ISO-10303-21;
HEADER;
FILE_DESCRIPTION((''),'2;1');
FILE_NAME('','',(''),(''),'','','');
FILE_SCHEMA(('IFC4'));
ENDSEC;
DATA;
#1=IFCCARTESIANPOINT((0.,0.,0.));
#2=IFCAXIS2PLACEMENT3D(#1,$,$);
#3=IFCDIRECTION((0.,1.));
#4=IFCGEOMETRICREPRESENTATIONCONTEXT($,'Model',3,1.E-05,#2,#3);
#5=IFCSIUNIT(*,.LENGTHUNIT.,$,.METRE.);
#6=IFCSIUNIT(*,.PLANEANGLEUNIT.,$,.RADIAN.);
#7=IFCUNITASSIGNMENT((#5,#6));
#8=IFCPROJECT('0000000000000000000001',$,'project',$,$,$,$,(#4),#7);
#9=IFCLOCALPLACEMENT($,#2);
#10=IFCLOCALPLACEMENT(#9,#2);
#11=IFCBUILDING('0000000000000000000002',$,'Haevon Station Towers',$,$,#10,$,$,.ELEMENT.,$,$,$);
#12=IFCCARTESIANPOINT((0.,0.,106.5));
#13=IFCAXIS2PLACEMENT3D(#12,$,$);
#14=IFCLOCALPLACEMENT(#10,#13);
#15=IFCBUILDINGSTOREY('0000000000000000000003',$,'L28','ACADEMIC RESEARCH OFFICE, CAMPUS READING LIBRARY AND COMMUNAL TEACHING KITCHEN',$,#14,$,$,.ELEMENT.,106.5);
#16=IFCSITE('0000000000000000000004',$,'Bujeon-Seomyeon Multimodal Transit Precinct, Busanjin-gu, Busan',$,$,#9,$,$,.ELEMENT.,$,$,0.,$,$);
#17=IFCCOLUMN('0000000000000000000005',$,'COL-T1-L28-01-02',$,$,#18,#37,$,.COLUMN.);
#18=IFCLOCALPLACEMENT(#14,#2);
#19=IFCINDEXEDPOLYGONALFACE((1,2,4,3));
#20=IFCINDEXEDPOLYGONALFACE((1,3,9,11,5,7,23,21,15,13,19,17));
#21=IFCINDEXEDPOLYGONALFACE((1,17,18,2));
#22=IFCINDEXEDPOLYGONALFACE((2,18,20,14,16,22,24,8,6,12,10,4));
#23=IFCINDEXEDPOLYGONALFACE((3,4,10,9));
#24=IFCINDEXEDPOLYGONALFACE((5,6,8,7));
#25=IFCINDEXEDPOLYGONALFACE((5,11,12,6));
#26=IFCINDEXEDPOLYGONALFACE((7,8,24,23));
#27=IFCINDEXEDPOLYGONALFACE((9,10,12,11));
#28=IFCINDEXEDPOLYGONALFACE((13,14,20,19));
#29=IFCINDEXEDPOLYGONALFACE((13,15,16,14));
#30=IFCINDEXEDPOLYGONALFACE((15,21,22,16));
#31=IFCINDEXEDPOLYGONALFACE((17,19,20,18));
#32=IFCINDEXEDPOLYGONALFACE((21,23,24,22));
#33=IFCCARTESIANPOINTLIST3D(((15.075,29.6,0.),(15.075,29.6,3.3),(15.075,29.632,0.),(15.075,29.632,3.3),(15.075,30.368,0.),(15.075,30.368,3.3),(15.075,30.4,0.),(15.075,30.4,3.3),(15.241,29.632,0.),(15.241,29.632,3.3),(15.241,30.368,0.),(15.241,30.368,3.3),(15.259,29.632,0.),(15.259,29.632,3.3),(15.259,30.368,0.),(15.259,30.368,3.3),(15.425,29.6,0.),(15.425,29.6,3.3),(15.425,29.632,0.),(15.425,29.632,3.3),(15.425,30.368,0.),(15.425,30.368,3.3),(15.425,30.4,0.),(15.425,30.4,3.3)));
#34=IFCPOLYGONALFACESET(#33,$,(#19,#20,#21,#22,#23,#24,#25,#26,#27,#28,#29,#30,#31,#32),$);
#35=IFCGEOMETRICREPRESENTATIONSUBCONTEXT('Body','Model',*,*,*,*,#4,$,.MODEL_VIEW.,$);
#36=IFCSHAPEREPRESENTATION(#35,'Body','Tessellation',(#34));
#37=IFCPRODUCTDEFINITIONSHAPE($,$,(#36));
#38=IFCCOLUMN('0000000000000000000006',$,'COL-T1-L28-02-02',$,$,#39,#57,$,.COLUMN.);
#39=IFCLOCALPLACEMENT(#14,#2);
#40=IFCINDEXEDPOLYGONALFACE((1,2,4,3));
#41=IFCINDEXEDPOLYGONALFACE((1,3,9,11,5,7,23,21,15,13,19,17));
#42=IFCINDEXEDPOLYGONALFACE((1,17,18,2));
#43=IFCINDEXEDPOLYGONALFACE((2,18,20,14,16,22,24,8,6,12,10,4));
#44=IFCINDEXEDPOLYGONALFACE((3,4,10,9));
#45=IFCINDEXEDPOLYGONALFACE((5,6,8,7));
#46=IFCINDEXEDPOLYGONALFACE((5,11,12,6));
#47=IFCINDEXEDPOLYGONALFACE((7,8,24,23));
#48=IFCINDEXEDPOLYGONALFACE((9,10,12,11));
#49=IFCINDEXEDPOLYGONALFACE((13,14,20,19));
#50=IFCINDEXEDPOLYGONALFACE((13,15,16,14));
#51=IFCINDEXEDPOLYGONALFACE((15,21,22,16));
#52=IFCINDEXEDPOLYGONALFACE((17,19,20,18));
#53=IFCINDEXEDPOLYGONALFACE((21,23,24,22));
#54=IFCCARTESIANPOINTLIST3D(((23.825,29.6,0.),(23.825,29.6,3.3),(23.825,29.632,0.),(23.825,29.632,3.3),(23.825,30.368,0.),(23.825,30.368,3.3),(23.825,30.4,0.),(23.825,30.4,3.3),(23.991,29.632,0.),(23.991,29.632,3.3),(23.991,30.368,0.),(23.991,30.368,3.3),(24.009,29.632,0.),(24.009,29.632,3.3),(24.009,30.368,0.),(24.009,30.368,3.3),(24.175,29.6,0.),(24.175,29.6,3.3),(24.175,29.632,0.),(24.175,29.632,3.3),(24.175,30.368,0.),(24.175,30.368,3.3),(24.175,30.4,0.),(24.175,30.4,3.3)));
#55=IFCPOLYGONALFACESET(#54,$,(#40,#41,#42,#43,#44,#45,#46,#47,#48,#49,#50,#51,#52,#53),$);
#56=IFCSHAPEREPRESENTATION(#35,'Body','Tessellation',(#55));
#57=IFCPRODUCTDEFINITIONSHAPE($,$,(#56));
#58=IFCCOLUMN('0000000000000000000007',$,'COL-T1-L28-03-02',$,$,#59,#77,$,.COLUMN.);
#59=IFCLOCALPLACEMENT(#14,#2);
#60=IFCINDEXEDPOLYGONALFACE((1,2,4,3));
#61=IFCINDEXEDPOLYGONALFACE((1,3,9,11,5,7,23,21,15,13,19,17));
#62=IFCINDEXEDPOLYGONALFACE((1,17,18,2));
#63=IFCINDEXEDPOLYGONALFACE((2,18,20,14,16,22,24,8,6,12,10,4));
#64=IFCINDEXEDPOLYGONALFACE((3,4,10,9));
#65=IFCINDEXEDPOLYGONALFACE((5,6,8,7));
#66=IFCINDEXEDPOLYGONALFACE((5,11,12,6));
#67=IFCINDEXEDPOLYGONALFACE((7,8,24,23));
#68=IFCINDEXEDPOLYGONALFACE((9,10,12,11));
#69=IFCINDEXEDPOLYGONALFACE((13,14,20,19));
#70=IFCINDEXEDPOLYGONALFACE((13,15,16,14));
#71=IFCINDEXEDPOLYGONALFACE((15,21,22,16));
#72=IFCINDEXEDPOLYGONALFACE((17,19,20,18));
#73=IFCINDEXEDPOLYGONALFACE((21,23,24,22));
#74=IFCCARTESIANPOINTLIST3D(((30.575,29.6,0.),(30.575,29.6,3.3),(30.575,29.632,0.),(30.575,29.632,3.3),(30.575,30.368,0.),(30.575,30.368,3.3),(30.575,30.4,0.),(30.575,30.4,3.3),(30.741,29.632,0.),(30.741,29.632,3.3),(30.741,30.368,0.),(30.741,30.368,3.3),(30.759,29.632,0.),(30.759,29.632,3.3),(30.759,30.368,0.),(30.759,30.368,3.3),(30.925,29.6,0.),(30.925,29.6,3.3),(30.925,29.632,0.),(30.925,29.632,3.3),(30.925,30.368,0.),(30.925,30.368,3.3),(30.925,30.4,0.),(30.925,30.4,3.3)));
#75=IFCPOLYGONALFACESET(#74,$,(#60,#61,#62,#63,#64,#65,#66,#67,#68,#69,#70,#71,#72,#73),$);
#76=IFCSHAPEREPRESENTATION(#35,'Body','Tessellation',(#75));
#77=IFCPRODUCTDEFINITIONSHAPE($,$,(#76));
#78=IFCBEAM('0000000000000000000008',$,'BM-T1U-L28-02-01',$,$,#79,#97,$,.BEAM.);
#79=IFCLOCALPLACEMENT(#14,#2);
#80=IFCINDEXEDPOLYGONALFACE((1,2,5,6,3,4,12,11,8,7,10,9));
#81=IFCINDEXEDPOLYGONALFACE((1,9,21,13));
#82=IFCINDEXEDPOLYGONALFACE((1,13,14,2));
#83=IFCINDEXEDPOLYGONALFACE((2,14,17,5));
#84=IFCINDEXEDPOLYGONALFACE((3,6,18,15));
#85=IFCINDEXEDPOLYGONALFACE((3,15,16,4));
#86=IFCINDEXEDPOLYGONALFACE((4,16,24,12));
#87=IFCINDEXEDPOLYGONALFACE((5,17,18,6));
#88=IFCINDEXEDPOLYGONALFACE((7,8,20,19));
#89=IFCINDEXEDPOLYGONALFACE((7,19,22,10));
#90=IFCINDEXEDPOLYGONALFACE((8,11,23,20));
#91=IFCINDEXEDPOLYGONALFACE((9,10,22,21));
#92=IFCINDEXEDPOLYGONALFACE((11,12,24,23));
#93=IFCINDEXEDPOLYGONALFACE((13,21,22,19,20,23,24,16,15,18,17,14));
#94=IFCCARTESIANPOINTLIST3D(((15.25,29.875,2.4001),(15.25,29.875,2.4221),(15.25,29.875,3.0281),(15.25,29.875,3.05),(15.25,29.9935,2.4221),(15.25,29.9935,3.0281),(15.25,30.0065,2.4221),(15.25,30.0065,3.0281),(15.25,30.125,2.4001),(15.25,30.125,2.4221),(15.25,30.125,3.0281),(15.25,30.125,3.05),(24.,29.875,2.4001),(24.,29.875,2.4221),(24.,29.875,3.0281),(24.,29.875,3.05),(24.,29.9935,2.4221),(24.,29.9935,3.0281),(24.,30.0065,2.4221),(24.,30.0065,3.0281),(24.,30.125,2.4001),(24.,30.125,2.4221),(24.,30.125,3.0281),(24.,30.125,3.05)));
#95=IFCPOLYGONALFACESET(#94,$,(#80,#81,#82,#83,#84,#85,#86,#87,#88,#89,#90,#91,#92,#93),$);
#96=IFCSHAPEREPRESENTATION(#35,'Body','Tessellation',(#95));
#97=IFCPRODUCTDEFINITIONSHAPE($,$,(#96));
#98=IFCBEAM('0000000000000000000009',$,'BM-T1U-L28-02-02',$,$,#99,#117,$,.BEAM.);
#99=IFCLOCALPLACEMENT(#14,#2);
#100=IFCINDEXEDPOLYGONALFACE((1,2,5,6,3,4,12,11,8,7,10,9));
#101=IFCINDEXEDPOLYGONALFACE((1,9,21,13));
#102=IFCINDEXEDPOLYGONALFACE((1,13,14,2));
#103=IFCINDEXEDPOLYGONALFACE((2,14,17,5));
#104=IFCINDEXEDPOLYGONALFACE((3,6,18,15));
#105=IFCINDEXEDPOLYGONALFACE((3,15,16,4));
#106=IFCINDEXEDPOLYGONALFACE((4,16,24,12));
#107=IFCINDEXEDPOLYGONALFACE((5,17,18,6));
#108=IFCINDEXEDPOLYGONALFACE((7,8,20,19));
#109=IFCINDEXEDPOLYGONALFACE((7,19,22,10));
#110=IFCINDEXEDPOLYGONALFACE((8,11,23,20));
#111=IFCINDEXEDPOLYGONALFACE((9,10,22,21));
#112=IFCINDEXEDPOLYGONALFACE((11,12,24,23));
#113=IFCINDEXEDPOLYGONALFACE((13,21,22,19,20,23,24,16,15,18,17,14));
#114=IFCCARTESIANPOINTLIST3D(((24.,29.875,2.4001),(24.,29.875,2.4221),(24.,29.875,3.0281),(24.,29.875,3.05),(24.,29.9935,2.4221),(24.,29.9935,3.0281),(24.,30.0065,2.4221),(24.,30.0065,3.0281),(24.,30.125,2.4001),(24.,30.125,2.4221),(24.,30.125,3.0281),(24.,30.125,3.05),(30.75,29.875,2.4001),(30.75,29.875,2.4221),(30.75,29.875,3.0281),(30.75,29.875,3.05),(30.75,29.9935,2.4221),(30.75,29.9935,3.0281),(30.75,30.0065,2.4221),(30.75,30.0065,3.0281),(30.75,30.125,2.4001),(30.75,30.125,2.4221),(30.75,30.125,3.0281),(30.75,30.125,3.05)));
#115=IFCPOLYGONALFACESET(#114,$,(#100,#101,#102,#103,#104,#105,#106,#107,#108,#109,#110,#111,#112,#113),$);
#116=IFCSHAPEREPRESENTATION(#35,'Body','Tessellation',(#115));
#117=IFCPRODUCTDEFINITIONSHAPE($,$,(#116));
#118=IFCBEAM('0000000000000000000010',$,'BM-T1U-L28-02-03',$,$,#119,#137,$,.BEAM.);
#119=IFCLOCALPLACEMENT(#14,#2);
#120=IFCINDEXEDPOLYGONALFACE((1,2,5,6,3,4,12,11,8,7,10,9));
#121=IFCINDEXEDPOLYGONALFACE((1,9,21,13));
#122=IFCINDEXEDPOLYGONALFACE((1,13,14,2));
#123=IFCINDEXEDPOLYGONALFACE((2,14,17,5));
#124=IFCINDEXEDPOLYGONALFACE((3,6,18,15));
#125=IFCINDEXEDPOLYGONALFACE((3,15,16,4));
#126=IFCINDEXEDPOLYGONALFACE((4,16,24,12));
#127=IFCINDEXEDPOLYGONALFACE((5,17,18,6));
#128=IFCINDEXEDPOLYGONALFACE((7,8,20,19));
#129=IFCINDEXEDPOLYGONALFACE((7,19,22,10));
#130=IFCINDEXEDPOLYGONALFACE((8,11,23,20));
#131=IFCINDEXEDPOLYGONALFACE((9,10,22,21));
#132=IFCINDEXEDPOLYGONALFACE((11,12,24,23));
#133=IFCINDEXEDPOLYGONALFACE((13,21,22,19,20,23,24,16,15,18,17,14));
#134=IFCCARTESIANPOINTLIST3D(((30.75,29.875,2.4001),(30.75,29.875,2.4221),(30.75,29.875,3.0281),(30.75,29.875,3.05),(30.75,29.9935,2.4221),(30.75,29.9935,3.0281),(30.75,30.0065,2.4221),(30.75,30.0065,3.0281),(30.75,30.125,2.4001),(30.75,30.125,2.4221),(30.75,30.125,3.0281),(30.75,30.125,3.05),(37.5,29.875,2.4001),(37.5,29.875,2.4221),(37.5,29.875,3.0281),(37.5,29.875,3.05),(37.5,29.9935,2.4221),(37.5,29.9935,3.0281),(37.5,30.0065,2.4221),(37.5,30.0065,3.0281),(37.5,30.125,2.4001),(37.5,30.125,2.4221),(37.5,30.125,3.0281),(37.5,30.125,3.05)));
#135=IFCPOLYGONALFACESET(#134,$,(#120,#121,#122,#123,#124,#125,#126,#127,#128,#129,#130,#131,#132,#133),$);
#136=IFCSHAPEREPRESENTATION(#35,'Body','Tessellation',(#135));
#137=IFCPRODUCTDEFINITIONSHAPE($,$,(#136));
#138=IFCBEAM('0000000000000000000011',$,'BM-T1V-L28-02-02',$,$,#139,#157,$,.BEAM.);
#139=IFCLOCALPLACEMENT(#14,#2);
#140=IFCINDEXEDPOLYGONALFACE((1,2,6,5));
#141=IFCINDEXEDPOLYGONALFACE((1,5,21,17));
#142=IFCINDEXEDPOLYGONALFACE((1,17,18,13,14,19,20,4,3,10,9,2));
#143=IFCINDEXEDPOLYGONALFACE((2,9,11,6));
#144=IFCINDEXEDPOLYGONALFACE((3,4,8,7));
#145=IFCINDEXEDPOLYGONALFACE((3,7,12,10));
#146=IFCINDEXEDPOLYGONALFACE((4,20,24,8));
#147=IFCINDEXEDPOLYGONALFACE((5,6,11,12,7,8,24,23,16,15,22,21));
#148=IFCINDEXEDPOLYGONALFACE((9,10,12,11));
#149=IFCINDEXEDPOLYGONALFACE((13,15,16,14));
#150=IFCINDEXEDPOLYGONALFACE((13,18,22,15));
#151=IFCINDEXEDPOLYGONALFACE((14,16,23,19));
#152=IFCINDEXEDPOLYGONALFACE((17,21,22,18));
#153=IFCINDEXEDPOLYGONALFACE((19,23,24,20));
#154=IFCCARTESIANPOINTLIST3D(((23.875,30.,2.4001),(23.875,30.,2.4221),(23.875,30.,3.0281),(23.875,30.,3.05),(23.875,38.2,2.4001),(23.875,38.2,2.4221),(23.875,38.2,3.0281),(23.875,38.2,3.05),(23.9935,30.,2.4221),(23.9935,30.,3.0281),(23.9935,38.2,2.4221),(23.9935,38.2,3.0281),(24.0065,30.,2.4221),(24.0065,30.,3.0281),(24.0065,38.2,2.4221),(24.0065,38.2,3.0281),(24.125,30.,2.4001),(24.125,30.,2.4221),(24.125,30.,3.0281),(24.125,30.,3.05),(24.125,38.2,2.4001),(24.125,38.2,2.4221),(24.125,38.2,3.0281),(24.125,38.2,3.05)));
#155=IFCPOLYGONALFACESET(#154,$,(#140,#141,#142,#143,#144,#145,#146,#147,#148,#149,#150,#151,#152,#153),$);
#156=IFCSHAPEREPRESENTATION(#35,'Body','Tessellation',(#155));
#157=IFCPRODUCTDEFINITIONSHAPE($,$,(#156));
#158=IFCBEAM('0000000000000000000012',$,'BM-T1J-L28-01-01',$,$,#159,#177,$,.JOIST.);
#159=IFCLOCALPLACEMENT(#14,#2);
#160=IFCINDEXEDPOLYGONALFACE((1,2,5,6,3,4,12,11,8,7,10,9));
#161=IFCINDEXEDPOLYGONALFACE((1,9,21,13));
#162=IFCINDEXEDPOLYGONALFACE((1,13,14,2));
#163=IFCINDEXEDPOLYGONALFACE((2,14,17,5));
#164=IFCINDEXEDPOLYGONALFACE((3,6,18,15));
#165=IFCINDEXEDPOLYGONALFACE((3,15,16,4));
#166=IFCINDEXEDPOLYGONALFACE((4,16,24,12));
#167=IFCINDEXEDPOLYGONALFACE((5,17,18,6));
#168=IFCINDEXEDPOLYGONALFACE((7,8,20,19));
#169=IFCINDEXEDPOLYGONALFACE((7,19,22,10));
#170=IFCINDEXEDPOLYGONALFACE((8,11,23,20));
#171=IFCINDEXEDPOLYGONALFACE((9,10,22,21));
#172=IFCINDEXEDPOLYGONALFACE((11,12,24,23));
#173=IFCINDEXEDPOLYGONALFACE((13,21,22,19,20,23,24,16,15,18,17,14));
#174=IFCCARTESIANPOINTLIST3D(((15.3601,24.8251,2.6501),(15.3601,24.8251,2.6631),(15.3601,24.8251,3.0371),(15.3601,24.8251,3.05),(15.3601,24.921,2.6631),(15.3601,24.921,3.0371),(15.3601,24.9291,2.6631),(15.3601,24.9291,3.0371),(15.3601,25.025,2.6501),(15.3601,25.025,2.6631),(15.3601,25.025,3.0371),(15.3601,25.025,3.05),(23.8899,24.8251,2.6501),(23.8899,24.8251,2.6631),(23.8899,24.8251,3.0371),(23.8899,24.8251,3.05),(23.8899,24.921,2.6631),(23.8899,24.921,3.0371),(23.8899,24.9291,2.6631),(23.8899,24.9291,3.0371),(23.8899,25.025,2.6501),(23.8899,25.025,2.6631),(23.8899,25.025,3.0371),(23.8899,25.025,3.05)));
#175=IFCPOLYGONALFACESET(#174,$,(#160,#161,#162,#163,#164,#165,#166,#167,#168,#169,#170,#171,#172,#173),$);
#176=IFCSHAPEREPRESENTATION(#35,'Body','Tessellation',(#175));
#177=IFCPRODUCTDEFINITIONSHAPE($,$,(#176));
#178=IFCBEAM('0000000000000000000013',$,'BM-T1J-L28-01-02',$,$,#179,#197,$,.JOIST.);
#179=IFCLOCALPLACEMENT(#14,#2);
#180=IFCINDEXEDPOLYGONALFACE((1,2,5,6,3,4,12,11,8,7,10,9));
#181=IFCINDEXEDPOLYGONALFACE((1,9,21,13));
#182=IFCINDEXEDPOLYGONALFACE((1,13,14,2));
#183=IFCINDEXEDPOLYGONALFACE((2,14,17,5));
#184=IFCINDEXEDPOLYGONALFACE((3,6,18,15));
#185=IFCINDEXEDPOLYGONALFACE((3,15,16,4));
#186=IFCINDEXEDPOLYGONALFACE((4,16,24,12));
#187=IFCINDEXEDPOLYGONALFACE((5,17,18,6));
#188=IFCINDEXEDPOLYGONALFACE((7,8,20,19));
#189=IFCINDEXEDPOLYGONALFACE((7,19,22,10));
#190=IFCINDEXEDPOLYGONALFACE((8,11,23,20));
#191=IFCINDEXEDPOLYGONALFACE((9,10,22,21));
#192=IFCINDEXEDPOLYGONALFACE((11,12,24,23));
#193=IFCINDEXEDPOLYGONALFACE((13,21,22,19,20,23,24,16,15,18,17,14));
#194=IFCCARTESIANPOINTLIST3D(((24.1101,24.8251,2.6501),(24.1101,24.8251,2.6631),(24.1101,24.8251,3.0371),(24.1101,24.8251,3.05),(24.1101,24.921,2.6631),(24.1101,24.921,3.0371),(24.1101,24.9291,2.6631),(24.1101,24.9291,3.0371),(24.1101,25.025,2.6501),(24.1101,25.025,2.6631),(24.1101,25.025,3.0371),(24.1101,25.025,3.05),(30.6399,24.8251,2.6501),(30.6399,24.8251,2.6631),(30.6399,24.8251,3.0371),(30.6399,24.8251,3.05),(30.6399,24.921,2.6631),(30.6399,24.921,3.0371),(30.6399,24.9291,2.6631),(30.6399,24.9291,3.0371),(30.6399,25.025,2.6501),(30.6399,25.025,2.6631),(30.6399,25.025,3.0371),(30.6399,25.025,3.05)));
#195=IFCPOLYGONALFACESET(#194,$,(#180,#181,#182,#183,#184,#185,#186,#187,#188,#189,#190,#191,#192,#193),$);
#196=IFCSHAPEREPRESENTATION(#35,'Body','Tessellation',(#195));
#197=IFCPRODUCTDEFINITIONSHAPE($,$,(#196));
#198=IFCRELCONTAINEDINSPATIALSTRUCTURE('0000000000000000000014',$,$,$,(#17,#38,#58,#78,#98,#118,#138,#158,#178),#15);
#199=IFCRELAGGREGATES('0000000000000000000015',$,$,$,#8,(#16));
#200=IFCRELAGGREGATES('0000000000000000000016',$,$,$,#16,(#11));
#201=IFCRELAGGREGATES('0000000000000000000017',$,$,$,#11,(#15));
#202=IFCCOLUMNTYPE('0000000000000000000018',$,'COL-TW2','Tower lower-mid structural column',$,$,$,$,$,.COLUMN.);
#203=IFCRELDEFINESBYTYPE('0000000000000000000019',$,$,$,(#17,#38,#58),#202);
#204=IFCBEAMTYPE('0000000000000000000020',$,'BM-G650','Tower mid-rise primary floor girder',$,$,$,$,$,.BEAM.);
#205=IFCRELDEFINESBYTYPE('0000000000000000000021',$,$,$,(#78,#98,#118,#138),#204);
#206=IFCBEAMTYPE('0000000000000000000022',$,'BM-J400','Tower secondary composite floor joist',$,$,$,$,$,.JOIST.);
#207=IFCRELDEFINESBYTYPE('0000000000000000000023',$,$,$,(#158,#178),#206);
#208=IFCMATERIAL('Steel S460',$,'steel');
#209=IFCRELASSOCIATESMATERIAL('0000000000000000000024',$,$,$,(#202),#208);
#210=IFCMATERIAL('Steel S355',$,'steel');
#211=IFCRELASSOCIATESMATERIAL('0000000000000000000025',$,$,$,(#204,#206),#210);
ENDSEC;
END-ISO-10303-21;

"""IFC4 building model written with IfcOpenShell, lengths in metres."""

from ifc_helpers import new_model, si_unit, direction, frame, origin, origin_2d, place, context, subcontext, project, spatial, i_section, extrude, material, material_profile, profile_set, type_object, element, save


model = new_model("IFC4")

# Units and contexts
model_context = context("Model", 3, precision=1e-05, world=origin(), true_north=direction((0.0, 1.0)))
body_context = subcontext(model_context, "Body", "Model", "MODEL_VIEW")
ifc_project = project(units=[si_unit("LENGTHUNIT", "METRE"), si_unit("PLANEANGLEUNIT", "RADIAN")], contexts=[model_context])

# Site, building, storey
site_placement = place(None, origin())
site = spatial("IfcSite", under=ifc_project, at=site_placement, Name="Bujeon-Seomyeon Multimodal Transit Precinct, Busanjin-gu, Busan", CompositionType="ELEMENT", RefElevation=0.0)
building_placement = place(site_placement, origin())
building = spatial("IfcBuilding", under=site, at=building_placement, Name="Haevon Station Towers", CompositionType="ELEMENT")
storey_placement = place(building_placement, frame((0.0, 0.0, 106.5)))
storey = spatial("IfcBuildingStorey", under=building, at=storey_placement, Name="L28", Description="ACADEMIC RESEARCH OFFICE, CAMPUS READING LIBRARY AND COMMUNAL TEACHING KITCHEN", CompositionType="ELEMENT", Elevation=106.5)

# Columns
ifc_material_1 = material(Name="Steel S460", Category="steel")
ifc_material_profile_1 = material_profile(ifc_material_1, i_section(OverallWidth=0.3501, OverallDepth=0.8, WebThickness=0.0181, FlangeThickness=0.032, at=origin_2d()), Name="H-800x350x18x32")
ifc_profile_set_1 = profile_set([ifc_material_profile_1], Name="Steel S460")
column_type = type_object("IfcColumnType", Name="COL-TW2", Description="Tower lower-mid structural column", PredefinedType="COLUMN", material=ifc_profile_set_1)
for number, where, z_axis, x_axis, name in (
    (1, (15.25, 30.0, 0.0), (0.0, 0.0, 1.0), (1.0, 0.0, 0.0), "COL-T1-L28-01-02"),
    (2, (24.0, 30.0, 0.0), (0.0, 0.0, 1.0), (1.0, 0.0, 0.0), "COL-T1-L28-02-02"),
    (3, (30.75, 30.0, 0.0), (0.0, 0.0, 1.0), (1.0, 0.0, 0.0), "COL-T1-L28-03-02"),
):
    element("IfcColumn", number, at=place(storey_placement, frame(where, z_axis=z_axis, x_axis=x_axis)), inside=storey, type_object=column_type, Name=name, PredefinedType="COLUMN", context=body_context, shape_type="SweptSolid", body=[
        extrude(i_section(OverallWidth=0.3501, OverallDepth=0.8, WebThickness=0.0181, FlangeThickness=0.032, at=origin_2d()), origin(), (0.0, 0.0, 1.0), 3.3),
    ])

# Beams
ifc_material_2 = material(Name="Steel S355", Category="steel")
ifc_material_profile_2 = material_profile(ifc_material_2, i_section(OverallWidth=0.25, OverallDepth=0.6499, WebThickness=0.0129, FlangeThickness=0.022, at=origin_2d()), Name="H-650x250x13x22")
ifc_profile_set_2 = profile_set([ifc_material_profile_2], Name="Steel S355")
beam_type_1 = type_object("IfcBeamType", Name="BM-G650", Description="Tower mid-rise primary floor girder", PredefinedType="BEAM", material=ifc_profile_set_2)
beam_1_placement = place(storey_placement, frame((15.25, 30.0, 2.7251), z_axis=(1.0, 0.0, 0.0), x_axis=(0.0, 1.0, 0.0)))
element("IfcBeam", 4, at=beam_1_placement, inside=storey, type_object=beam_type_1, Name="BM-T1U-L28-02-01", PredefinedType="BEAM", context=body_context, shape_type="SweptSolid", body=[
    extrude(i_section(OverallWidth=0.25, OverallDepth=0.6499, WebThickness=0.0129, FlangeThickness=0.022, at=origin_2d()), origin(), (0.0, 0.0, 1.0), 8.75),
])
for number, where, z_axis, x_axis, name in (
    (5, (24.0, 30.0, 2.7251), (1.0, 0.0, 0.0), (0.0, 1.0, 0.0), "BM-T1U-L28-02-02"),
    (6, (30.75, 30.0, 2.7251), (1.0, 0.0, 0.0), (0.0, 1.0, 0.0), "BM-T1U-L28-02-03"),
):
    element("IfcBeam", number, at=place(storey_placement, frame(where, z_axis=z_axis, x_axis=x_axis)), inside=storey, type_object=beam_type_1, Name=name, PredefinedType="BEAM", context=body_context, shape_type="SweptSolid", body=[
        extrude(i_section(OverallWidth=0.25, OverallDepth=0.6499, WebThickness=0.0129, FlangeThickness=0.022, at=origin_2d()), origin(), (0.0, 0.0, 1.0), 6.75),
    ])
beam_2_placement = place(storey_placement, frame((24.0, 30.0, 2.7251), z_axis=(0.0, 1.0, 0.0), x_axis=(-1.0, 0.0, 0.0)))
element("IfcBeam", 7, at=beam_2_placement, inside=storey, type_object=beam_type_1, Name="BM-T1V-L28-02-02", PredefinedType="BEAM", context=body_context, shape_type="SweptSolid", body=[
    extrude(i_section(OverallWidth=0.25, OverallDepth=0.6499, WebThickness=0.0129, FlangeThickness=0.022, at=origin_2d()), origin(), (0.0, 0.0, 1.0), 8.2),
])
ifc_material_profile_3 = material_profile(ifc_material_2, i_section(OverallWidth=0.2, OverallDepth=0.3999, WebThickness=0.0081, FlangeThickness=0.0129, at=origin_2d()), Name="H-400x200x8x13")
ifc_profile_set_3 = profile_set([ifc_material_profile_3], Name="Steel S355")
beam_type_2 = type_object("IfcBeamType", Name="BM-J400", Description="Tower secondary composite floor joist", PredefinedType="JOIST", material=ifc_profile_set_3)
beam_3_placement = place(storey_placement, frame((15.3601, 24.925, 2.8501), z_axis=(1.0, 0.0, 0.0), x_axis=(0.0, 1.0, 0.0)))
element("IfcBeam", 8, at=beam_3_placement, inside=storey, type_object=beam_type_2, Name="BM-T1J-L28-01-01", PredefinedType="JOIST", context=body_context, shape_type="SweptSolid", body=[
    extrude(i_section(OverallWidth=0.2, OverallDepth=0.3999, WebThickness=0.0081, FlangeThickness=0.0129, at=origin_2d()), origin(), (0.0, 0.0, 1.0), 8.5298),
])
beam_4_placement = place(storey_placement, frame((24.1101, 24.925, 2.8501), z_axis=(1.0, 0.0, 0.0), x_axis=(0.0, 1.0, 0.0)))
element("IfcBeam", 9, at=beam_4_placement, inside=storey, type_object=beam_type_2, Name="BM-T1J-L28-01-02", PredefinedType="JOIST", context=body_context, shape_type="SweptSolid", body=[
    extrude(i_section(OverallWidth=0.2, OverallDepth=0.3999, WebThickness=0.0081, FlangeThickness=0.0129, at=origin_2d()), origin(), (0.0, 0.0, 1.0), 6.5298),
])

save(model, "model.ifc")
